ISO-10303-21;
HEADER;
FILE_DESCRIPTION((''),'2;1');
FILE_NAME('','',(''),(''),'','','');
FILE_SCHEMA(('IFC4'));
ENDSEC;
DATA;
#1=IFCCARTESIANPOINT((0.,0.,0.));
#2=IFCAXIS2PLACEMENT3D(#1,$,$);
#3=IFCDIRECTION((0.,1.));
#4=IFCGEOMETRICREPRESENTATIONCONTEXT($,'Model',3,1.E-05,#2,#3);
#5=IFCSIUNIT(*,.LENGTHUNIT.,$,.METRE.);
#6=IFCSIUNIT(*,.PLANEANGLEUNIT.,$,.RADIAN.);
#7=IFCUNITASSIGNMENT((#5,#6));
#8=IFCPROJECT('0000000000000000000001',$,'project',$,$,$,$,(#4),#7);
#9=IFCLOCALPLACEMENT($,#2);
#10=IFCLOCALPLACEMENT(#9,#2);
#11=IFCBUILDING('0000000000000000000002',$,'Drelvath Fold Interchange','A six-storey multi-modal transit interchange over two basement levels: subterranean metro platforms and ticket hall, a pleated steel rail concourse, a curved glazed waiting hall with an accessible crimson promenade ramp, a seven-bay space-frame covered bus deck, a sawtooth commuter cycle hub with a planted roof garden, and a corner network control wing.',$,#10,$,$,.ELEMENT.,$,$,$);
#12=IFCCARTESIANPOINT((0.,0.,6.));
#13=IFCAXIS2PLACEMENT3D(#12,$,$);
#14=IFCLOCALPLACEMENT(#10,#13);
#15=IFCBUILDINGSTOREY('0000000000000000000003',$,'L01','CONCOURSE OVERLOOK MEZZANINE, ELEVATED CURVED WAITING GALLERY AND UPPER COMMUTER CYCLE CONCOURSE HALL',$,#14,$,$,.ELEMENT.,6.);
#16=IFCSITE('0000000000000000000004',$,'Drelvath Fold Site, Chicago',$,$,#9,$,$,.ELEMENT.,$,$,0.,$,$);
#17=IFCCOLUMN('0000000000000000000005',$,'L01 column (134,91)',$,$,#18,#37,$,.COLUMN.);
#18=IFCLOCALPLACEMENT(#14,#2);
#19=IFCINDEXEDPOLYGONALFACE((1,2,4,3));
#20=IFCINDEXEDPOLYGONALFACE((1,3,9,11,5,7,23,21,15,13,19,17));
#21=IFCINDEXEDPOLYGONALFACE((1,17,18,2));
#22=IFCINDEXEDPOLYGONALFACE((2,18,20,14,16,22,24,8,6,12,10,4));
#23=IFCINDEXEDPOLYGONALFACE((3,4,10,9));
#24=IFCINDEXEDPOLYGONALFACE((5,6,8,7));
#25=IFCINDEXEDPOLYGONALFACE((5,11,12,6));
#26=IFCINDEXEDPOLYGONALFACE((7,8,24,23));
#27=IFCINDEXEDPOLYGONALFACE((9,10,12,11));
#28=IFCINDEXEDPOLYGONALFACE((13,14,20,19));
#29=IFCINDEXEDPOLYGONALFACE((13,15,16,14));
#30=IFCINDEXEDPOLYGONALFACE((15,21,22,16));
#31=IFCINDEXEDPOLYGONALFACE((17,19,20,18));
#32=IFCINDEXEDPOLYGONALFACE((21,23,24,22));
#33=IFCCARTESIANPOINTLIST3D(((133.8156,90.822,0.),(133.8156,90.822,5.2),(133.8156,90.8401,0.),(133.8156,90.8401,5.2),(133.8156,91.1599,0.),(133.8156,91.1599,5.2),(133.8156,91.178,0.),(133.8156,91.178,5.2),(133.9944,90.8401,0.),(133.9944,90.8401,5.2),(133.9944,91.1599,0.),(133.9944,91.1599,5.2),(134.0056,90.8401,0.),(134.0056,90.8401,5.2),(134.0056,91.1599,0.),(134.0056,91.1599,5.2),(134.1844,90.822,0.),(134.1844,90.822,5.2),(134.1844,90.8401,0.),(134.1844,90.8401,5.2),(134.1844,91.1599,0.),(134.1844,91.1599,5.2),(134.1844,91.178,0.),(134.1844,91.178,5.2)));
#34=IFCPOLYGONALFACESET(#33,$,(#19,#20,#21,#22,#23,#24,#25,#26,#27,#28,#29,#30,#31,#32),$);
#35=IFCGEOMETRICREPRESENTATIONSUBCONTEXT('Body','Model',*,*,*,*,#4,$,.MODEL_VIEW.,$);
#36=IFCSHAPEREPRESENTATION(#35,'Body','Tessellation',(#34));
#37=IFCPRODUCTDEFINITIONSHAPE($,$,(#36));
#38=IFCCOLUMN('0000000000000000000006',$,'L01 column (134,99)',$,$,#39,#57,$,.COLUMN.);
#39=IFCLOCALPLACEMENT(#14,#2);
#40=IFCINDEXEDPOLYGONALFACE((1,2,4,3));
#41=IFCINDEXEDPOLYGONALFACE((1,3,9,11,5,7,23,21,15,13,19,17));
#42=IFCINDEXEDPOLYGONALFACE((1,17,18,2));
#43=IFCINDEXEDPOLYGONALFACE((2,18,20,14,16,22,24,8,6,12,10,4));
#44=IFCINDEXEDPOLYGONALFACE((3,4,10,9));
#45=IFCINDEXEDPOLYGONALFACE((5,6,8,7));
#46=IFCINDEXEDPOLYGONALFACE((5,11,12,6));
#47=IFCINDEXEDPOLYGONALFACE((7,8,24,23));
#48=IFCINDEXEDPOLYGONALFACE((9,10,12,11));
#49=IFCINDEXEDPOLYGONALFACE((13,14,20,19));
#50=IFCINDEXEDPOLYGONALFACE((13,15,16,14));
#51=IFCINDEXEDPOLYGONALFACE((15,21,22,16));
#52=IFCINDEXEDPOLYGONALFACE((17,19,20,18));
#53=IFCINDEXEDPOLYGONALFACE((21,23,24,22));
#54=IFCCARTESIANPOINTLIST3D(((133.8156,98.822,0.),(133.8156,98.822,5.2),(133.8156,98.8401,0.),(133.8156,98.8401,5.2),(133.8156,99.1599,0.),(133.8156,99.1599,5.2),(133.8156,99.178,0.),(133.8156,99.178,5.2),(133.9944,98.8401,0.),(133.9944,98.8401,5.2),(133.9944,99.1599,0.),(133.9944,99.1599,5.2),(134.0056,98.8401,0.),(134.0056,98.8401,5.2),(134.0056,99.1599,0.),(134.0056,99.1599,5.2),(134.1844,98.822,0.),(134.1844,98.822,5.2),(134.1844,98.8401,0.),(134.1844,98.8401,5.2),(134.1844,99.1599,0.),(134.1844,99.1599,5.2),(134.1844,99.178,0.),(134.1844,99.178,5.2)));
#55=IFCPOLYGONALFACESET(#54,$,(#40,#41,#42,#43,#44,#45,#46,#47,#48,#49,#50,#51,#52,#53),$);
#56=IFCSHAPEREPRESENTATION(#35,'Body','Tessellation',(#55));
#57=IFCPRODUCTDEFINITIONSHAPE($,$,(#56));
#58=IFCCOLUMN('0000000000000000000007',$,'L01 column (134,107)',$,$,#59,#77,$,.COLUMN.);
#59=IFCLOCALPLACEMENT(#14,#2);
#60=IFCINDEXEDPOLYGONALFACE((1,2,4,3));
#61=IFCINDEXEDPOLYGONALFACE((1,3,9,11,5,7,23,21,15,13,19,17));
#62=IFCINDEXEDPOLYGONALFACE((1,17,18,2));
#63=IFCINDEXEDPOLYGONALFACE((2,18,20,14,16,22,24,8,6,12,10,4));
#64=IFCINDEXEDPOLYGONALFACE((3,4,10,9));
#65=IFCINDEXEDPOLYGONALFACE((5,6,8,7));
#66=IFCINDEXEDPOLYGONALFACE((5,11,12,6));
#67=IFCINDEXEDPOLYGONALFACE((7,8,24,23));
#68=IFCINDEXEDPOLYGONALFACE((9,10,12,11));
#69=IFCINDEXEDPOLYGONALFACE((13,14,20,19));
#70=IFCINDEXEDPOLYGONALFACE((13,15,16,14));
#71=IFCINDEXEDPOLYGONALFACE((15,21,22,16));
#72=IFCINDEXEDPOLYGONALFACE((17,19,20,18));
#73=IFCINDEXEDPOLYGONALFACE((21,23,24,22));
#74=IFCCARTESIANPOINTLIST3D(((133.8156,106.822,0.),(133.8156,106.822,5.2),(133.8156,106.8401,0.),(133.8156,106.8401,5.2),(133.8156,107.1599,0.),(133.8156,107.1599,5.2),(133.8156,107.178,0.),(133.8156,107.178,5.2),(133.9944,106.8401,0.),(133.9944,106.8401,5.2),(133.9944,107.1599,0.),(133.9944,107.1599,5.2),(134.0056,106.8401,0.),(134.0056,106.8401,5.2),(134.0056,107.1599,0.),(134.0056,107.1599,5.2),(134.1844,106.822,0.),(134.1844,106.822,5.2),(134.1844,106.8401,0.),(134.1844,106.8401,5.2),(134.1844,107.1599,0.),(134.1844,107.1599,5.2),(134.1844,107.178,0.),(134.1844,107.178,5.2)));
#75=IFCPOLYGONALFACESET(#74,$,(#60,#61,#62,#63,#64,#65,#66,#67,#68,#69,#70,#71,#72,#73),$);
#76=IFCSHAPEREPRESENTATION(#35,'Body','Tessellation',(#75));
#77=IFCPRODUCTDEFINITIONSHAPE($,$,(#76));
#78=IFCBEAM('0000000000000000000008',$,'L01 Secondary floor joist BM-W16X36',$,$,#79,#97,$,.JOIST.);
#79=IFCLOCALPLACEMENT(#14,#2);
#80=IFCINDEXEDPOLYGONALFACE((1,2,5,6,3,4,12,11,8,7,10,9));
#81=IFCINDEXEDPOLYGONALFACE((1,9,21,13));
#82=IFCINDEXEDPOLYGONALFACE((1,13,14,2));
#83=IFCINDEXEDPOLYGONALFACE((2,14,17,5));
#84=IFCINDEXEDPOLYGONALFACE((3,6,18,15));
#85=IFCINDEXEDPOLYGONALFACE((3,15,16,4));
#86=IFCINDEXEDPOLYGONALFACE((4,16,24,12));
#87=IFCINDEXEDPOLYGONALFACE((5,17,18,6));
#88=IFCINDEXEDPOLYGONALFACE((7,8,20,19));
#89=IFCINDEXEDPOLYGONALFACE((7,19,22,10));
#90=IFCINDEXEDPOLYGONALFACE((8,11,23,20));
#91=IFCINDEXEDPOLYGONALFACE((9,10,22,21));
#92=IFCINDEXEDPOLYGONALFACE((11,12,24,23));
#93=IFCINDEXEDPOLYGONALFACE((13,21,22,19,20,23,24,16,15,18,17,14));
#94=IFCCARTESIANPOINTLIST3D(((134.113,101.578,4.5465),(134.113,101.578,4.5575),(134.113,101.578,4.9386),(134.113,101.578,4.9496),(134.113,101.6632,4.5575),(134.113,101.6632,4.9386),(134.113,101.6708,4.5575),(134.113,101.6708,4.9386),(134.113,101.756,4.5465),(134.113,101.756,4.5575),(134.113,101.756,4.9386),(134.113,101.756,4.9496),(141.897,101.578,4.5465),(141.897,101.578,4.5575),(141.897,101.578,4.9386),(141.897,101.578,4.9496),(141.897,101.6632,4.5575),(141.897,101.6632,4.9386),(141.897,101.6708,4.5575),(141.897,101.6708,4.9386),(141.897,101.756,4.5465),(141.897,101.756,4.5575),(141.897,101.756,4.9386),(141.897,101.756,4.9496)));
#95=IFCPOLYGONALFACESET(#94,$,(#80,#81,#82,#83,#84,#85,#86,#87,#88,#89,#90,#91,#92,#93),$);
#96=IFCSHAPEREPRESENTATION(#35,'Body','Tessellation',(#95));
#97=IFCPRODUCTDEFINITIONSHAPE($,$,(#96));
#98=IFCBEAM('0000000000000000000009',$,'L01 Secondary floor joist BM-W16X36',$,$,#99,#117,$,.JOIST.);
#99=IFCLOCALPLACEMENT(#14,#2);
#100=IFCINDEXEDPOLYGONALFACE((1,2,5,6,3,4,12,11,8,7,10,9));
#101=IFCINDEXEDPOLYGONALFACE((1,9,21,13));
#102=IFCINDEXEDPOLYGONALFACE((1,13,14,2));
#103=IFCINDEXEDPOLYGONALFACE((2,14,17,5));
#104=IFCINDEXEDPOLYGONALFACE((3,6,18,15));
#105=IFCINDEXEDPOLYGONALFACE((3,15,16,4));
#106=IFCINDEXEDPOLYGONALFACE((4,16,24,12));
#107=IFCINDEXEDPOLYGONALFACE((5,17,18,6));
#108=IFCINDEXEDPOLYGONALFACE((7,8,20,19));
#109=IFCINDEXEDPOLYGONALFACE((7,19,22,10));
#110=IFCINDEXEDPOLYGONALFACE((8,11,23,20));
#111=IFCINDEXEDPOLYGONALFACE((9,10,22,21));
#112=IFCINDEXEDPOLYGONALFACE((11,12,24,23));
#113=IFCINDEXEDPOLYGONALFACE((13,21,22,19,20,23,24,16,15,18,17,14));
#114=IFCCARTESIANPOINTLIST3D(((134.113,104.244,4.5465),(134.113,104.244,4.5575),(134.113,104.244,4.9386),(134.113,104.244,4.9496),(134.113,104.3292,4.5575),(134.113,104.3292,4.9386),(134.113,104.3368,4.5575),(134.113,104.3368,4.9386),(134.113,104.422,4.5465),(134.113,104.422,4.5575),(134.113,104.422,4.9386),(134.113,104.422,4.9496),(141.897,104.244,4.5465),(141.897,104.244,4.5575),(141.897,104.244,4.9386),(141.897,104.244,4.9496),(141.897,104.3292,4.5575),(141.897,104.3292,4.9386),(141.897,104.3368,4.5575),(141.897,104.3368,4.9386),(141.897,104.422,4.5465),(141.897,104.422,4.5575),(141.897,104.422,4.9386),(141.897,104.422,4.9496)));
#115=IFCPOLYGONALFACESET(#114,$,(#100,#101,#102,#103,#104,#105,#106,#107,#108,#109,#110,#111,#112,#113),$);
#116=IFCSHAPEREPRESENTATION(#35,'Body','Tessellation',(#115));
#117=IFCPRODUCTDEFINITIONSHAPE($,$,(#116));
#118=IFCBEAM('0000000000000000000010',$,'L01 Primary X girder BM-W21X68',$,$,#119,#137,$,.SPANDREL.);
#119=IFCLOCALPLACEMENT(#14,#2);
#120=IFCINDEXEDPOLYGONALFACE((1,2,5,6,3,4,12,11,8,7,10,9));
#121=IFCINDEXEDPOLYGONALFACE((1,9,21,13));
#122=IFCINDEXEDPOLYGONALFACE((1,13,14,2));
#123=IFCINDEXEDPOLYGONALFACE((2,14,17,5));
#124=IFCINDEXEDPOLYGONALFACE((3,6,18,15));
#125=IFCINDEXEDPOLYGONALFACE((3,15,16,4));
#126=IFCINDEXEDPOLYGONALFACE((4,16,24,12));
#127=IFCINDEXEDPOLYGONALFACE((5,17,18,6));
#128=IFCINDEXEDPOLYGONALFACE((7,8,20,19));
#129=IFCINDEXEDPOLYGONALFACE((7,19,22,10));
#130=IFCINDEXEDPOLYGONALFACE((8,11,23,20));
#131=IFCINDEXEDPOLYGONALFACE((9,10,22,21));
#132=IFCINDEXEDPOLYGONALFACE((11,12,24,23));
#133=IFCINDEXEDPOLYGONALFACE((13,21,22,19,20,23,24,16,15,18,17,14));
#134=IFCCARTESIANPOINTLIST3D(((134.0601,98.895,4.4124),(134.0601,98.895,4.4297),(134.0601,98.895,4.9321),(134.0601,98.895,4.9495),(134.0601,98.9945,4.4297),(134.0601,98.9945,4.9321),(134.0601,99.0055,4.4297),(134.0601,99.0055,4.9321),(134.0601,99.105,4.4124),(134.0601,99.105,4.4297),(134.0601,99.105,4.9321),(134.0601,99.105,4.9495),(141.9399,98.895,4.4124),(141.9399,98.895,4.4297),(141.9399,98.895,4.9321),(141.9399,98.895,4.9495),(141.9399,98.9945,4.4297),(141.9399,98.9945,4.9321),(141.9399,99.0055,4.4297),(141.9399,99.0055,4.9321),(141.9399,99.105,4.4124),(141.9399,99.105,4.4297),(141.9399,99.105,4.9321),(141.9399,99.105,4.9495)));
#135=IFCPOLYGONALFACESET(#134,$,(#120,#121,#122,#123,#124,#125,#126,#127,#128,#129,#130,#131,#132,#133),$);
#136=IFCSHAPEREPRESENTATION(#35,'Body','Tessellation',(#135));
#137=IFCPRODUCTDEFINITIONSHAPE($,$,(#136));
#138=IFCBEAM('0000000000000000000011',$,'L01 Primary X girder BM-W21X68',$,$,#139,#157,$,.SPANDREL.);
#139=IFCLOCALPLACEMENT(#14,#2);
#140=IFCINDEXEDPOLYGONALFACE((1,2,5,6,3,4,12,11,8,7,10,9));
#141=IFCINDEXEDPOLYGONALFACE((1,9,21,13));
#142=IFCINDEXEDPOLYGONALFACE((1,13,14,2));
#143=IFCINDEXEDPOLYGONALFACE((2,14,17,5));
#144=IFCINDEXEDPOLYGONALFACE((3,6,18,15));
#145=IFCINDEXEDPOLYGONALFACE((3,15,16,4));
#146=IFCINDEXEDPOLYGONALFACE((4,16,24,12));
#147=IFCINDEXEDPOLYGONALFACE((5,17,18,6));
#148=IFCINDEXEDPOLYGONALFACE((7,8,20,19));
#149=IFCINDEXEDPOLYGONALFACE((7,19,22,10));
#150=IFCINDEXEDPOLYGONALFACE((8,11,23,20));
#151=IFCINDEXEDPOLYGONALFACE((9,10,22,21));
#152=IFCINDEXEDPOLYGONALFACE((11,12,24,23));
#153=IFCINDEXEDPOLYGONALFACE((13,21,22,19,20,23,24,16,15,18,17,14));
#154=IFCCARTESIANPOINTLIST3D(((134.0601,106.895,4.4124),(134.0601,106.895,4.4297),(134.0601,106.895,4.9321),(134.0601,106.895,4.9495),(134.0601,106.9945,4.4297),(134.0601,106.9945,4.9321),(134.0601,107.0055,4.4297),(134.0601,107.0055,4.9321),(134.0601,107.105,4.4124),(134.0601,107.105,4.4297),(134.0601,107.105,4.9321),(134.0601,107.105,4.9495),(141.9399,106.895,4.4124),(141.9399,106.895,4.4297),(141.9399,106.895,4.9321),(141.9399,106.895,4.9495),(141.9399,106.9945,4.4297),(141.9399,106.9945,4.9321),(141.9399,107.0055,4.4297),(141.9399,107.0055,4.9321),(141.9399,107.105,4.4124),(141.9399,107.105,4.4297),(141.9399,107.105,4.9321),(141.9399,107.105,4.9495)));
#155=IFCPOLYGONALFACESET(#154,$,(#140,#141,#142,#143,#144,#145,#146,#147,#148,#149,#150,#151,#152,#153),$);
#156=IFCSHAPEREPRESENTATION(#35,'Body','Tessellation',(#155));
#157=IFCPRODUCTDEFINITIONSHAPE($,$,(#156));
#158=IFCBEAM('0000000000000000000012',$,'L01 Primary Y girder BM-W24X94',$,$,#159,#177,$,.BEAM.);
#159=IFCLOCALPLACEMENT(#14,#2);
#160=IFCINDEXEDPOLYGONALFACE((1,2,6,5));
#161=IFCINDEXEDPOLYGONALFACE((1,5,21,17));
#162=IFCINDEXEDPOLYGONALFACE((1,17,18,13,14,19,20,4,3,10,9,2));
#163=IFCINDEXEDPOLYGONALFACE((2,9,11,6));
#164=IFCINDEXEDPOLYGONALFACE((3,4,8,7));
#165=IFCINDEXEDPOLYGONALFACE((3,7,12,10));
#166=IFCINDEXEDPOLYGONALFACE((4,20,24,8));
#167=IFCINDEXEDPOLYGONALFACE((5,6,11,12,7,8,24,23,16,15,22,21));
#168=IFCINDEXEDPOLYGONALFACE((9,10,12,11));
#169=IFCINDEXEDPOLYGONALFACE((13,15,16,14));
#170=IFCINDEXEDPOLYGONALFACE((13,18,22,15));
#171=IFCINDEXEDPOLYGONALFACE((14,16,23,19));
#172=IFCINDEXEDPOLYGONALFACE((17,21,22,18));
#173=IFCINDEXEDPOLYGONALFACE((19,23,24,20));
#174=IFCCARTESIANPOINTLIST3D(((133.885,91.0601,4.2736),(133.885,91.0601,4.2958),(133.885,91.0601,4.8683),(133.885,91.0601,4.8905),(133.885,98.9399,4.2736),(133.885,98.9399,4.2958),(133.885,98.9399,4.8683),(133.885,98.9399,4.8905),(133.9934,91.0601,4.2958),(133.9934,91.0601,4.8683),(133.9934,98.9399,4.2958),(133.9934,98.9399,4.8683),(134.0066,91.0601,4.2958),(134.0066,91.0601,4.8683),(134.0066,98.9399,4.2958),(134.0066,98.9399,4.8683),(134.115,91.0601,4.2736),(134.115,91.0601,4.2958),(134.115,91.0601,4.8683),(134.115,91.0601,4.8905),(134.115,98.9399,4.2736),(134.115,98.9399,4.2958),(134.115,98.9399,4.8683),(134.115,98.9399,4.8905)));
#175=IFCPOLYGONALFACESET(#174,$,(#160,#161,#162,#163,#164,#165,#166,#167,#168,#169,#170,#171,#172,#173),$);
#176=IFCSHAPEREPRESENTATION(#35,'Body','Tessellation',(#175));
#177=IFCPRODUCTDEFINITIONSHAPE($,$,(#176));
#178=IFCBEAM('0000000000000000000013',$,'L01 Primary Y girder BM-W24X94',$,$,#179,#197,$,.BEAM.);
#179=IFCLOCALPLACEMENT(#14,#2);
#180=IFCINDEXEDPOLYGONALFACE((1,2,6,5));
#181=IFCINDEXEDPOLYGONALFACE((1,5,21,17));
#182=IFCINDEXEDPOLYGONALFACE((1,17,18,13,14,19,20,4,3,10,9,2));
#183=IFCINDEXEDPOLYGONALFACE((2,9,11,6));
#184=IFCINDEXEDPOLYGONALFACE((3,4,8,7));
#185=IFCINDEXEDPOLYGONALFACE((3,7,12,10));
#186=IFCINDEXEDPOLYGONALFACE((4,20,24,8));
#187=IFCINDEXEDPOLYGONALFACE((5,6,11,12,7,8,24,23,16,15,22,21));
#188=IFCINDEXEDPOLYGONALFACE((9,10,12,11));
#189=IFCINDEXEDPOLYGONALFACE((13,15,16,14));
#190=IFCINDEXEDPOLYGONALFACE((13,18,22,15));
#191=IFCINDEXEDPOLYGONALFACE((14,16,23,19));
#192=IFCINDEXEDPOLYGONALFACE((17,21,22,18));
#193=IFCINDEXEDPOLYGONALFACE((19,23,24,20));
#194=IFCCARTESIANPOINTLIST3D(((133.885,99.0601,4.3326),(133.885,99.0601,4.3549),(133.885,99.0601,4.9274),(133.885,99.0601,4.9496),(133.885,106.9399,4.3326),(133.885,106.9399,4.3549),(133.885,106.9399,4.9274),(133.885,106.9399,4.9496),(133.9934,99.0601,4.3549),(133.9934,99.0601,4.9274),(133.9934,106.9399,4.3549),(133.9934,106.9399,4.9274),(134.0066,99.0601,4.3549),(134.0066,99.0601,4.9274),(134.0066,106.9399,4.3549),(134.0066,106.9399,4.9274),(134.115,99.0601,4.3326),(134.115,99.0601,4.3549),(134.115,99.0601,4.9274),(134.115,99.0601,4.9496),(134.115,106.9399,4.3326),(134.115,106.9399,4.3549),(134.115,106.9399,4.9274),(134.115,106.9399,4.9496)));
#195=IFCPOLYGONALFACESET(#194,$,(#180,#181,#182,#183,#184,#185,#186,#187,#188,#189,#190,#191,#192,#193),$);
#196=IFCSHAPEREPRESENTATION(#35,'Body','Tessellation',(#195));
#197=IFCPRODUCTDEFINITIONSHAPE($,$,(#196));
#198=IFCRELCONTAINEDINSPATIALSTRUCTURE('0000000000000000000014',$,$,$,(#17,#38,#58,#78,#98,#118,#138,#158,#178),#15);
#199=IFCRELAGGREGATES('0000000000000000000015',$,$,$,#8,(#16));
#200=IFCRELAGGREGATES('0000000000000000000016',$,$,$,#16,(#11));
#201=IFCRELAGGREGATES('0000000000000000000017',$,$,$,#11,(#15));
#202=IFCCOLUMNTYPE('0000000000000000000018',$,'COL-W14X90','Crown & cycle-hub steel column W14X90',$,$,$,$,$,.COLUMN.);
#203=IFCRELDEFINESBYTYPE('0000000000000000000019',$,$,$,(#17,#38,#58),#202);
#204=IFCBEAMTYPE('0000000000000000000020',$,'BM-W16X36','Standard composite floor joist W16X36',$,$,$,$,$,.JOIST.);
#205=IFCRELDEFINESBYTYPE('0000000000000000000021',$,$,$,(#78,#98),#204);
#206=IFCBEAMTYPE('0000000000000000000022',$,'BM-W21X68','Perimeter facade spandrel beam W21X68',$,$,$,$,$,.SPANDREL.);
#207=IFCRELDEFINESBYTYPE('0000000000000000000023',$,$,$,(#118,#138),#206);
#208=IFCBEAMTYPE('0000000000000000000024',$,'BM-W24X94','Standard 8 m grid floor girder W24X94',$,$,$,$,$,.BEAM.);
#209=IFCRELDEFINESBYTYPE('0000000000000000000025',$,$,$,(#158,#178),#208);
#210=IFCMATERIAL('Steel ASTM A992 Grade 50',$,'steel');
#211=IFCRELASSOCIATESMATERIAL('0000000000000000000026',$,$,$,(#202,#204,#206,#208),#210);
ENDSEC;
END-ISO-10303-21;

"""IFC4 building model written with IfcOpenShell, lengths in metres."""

from ifc_helpers import new_model, si_unit, direction, frame, origin, origin_2d, place, context, subcontext, project, spatial, i_section, extrude, material, material_profile, profile_set, type_object, element, save


model = new_model("IFC4")

# Units and contexts
model_context = context("Model", 3, precision=1e-05, world=origin(), true_north=direction((0.0, 1.0)))
body_context = subcontext(model_context, "Body", "Model", "MODEL_VIEW")
ifc_project = project(units=[si_unit("LENGTHUNIT", "METRE"), si_unit("PLANEANGLEUNIT", "RADIAN")], contexts=[model_context])

# Site, building, storey
site_placement = place(None, origin())
site = spatial("IfcSite", under=ifc_project, at=site_placement, Name="Drelvath Fold Site, Chicago", CompositionType="ELEMENT", RefElevation=0.0)
building_placement = place(site_placement, origin())
building = spatial("IfcBuilding", under=site, at=building_placement, Name="Drelvath Fold Interchange", Description="A six-storey multi-modal transit interchange over two basement levels: subterranean metro platforms and ticket hall, a pleated steel rail concourse, a curved glazed waiting hall with an accessible crimson promenade ramp, a seven-bay space-frame covered bus deck, a sawtooth commuter cycle hub with a planted roof garden, and a corner network control wing.", CompositionType="ELEMENT")
storey_placement = place(building_placement, frame((0.0, 0.0, 6.0)))
storey = spatial("IfcBuildingStorey", under=building, at=storey_placement, Name="L01", Description="CONCOURSE OVERLOOK MEZZANINE, ELEVATED CURVED WAITING GALLERY AND UPPER COMMUTER CYCLE CONCOURSE HALL", CompositionType="ELEMENT", Elevation=6.0)

# Columns
ifc_material_1 = material(Name="Steel ASTM A992 Grade 50", Category="steel")
ifc_material_profile_1 = material_profile(ifc_material_1, i_section(OverallWidth=0.3689, OverallDepth=0.356, WebThickness=0.0112, FlangeThickness=0.0181, at=origin_2d()), Name="W14X90")
ifc_profile_set_1 = profile_set([ifc_material_profile_1], Name="Steel ASTM A992 Grade 50")
column_type = type_object("IfcColumnType", Name="COL-W14X90", Description="Crown & cycle-hub steel column W14X90", PredefinedType="COLUMN", material=ifc_profile_set_1)
for number, where, z_axis, x_axis, name in (
    (1, (134.0, 91.0, 0.0), (0.0, 0.0, 1.0), (1.0, 0.0, 0.0), "L01 column (134,91)"),
    (2, (134.0, 99.0, 0.0), (0.0, 0.0, 1.0), (1.0, 0.0, 0.0), "L01 column (134,99)"),
    (3, (134.0, 107.0, 0.0), (0.0, 0.0, 1.0), (1.0, 0.0, 0.0), "L01 column (134,107)"),
):
    element("IfcColumn", number, at=place(storey_placement, frame(where, z_axis=z_axis, x_axis=x_axis)), inside=storey, type_object=column_type, Name=name, PredefinedType="COLUMN", context=body_context, shape_type="SweptSolid", body=[
        extrude(i_section(OverallWidth=0.3689, OverallDepth=0.356, WebThickness=0.0112, FlangeThickness=0.0181, at=origin_2d()), origin(), (0.0, 0.0, 1.0), 5.2),
    ])

# Beams
ifc_material_profile_2 = material_profile(ifc_material_1, i_section(OverallWidth=0.178, OverallDepth=0.4031, WebThickness=0.0076, FlangeThickness=0.011, at=origin_2d()), Name="W16X36")
ifc_profile_set_2 = profile_set([ifc_material_profile_2], Name="Steel ASTM A992 Grade 50")
beam_type_1 = type_object("IfcBeamType", Name="BM-W16X36", Description="Standard composite floor joist W16X36", PredefinedType="JOIST", material=ifc_profile_set_2)
for number, where, z_axis, x_axis, name in (
    (4, (134.113, 101.667, 4.748), (1.0, 0.0, 0.0), (0.0, 1.0, 0.0), "L01 Secondary floor joist BM-W16X36"),
    (5, (134.113, 104.333, 4.748), (1.0, 0.0, 0.0), (0.0, 1.0, 0.0), "L01 Secondary floor joist BM-W16X36"),
):
    element("IfcBeam", number, at=place(storey_placement, frame(where, z_axis=z_axis, x_axis=x_axis)), inside=storey, type_object=beam_type_1, Name=name, PredefinedType="JOIST", context=body_context, shape_type="SweptSolid", body=[
        extrude(i_section(OverallWidth=0.178, OverallDepth=0.4031, WebThickness=0.0076, FlangeThickness=0.011, at=origin_2d()), origin(), (0.0, 0.0, 1.0), 7.7839),
    ])
ifc_material_profile_3 = material_profile(ifc_material_1, i_section(OverallWidth=0.21, OverallDepth=0.5371, WebThickness=0.011, FlangeThickness=0.0173, at=origin_2d()), Name="W21X68")
ifc_profile_set_3 = profile_set([ifc_material_profile_3], Name="Steel ASTM A992 Grade 50")
beam_type_2 = type_object("IfcBeamType", Name="BM-W21X68", Description="Perimeter facade spandrel beam W21X68", PredefinedType="SPANDREL", material=ifc_profile_set_3)
for number, where, z_axis, x_axis, name in (
    (6, (134.0601, 99.0, 4.6809), (1.0, 0.0, 0.0), (0.0, 1.0, 0.0), "L01 Primary X girder BM-W21X68"),
    (7, (134.0601, 107.0, 4.6809), (1.0, 0.0, 0.0), (0.0, 1.0, 0.0), "L01 Primary X girder BM-W21X68"),
):
    element("IfcBeam", number, at=place(storey_placement, frame(where, z_axis=z_axis, x_axis=x_axis)), inside=storey, type_object=beam_type_2, Name=name, PredefinedType="SPANDREL", context=body_context, shape_type="SweptSolid", body=[
        extrude(i_section(OverallWidth=0.21, OverallDepth=0.5371, WebThickness=0.011, FlangeThickness=0.0173, at=origin_2d()), origin(), (0.0, 0.0, 1.0), 7.8799),
    ])
ifc_material_profile_4 = material_profile(ifc_material_1, i_section(OverallWidth=0.23, OverallDepth=0.6169, WebThickness=0.0132, FlangeThickness=0.0222, at=origin_2d()), Name="W24X94")
ifc_profile_set_4 = profile_set([ifc_material_profile_4], Name="Steel ASTM A992 Grade 50")
beam_type_3 = type_object("IfcBeamType", Name="BM-W24X94", Description="Standard 8 m grid floor girder W24X94", PredefinedType="BEAM", material=ifc_profile_set_4)
for number, where, z_axis, x_axis, name in (
    (8, (134.0, 91.0601, 4.582), (0.0, 1.0, 0.0), (-1.0, 0.0, 0.0), "L01 Primary Y girder BM-W24X94"),
    (9, (134.0, 99.0601, 4.6411), (0.0, 1.0, 0.0), (-1.0, 0.0, 0.0), "L01 Primary Y girder BM-W24X94"),
):
    element("IfcBeam", number, at=place(storey_placement, frame(where, z_axis=z_axis, x_axis=x_axis)), inside=storey, type_object=beam_type_3, Name=name, PredefinedType="BEAM", context=body_context, shape_type="SweptSolid", body=[
        extrude(i_section(OverallWidth=0.23, OverallDepth=0.6169, WebThickness=0.0132, FlangeThickness=0.0222, at=origin_2d()), origin(), (0.0, 0.0, 1.0), 7.8799),
    ])

save(model, "model.ifc")
